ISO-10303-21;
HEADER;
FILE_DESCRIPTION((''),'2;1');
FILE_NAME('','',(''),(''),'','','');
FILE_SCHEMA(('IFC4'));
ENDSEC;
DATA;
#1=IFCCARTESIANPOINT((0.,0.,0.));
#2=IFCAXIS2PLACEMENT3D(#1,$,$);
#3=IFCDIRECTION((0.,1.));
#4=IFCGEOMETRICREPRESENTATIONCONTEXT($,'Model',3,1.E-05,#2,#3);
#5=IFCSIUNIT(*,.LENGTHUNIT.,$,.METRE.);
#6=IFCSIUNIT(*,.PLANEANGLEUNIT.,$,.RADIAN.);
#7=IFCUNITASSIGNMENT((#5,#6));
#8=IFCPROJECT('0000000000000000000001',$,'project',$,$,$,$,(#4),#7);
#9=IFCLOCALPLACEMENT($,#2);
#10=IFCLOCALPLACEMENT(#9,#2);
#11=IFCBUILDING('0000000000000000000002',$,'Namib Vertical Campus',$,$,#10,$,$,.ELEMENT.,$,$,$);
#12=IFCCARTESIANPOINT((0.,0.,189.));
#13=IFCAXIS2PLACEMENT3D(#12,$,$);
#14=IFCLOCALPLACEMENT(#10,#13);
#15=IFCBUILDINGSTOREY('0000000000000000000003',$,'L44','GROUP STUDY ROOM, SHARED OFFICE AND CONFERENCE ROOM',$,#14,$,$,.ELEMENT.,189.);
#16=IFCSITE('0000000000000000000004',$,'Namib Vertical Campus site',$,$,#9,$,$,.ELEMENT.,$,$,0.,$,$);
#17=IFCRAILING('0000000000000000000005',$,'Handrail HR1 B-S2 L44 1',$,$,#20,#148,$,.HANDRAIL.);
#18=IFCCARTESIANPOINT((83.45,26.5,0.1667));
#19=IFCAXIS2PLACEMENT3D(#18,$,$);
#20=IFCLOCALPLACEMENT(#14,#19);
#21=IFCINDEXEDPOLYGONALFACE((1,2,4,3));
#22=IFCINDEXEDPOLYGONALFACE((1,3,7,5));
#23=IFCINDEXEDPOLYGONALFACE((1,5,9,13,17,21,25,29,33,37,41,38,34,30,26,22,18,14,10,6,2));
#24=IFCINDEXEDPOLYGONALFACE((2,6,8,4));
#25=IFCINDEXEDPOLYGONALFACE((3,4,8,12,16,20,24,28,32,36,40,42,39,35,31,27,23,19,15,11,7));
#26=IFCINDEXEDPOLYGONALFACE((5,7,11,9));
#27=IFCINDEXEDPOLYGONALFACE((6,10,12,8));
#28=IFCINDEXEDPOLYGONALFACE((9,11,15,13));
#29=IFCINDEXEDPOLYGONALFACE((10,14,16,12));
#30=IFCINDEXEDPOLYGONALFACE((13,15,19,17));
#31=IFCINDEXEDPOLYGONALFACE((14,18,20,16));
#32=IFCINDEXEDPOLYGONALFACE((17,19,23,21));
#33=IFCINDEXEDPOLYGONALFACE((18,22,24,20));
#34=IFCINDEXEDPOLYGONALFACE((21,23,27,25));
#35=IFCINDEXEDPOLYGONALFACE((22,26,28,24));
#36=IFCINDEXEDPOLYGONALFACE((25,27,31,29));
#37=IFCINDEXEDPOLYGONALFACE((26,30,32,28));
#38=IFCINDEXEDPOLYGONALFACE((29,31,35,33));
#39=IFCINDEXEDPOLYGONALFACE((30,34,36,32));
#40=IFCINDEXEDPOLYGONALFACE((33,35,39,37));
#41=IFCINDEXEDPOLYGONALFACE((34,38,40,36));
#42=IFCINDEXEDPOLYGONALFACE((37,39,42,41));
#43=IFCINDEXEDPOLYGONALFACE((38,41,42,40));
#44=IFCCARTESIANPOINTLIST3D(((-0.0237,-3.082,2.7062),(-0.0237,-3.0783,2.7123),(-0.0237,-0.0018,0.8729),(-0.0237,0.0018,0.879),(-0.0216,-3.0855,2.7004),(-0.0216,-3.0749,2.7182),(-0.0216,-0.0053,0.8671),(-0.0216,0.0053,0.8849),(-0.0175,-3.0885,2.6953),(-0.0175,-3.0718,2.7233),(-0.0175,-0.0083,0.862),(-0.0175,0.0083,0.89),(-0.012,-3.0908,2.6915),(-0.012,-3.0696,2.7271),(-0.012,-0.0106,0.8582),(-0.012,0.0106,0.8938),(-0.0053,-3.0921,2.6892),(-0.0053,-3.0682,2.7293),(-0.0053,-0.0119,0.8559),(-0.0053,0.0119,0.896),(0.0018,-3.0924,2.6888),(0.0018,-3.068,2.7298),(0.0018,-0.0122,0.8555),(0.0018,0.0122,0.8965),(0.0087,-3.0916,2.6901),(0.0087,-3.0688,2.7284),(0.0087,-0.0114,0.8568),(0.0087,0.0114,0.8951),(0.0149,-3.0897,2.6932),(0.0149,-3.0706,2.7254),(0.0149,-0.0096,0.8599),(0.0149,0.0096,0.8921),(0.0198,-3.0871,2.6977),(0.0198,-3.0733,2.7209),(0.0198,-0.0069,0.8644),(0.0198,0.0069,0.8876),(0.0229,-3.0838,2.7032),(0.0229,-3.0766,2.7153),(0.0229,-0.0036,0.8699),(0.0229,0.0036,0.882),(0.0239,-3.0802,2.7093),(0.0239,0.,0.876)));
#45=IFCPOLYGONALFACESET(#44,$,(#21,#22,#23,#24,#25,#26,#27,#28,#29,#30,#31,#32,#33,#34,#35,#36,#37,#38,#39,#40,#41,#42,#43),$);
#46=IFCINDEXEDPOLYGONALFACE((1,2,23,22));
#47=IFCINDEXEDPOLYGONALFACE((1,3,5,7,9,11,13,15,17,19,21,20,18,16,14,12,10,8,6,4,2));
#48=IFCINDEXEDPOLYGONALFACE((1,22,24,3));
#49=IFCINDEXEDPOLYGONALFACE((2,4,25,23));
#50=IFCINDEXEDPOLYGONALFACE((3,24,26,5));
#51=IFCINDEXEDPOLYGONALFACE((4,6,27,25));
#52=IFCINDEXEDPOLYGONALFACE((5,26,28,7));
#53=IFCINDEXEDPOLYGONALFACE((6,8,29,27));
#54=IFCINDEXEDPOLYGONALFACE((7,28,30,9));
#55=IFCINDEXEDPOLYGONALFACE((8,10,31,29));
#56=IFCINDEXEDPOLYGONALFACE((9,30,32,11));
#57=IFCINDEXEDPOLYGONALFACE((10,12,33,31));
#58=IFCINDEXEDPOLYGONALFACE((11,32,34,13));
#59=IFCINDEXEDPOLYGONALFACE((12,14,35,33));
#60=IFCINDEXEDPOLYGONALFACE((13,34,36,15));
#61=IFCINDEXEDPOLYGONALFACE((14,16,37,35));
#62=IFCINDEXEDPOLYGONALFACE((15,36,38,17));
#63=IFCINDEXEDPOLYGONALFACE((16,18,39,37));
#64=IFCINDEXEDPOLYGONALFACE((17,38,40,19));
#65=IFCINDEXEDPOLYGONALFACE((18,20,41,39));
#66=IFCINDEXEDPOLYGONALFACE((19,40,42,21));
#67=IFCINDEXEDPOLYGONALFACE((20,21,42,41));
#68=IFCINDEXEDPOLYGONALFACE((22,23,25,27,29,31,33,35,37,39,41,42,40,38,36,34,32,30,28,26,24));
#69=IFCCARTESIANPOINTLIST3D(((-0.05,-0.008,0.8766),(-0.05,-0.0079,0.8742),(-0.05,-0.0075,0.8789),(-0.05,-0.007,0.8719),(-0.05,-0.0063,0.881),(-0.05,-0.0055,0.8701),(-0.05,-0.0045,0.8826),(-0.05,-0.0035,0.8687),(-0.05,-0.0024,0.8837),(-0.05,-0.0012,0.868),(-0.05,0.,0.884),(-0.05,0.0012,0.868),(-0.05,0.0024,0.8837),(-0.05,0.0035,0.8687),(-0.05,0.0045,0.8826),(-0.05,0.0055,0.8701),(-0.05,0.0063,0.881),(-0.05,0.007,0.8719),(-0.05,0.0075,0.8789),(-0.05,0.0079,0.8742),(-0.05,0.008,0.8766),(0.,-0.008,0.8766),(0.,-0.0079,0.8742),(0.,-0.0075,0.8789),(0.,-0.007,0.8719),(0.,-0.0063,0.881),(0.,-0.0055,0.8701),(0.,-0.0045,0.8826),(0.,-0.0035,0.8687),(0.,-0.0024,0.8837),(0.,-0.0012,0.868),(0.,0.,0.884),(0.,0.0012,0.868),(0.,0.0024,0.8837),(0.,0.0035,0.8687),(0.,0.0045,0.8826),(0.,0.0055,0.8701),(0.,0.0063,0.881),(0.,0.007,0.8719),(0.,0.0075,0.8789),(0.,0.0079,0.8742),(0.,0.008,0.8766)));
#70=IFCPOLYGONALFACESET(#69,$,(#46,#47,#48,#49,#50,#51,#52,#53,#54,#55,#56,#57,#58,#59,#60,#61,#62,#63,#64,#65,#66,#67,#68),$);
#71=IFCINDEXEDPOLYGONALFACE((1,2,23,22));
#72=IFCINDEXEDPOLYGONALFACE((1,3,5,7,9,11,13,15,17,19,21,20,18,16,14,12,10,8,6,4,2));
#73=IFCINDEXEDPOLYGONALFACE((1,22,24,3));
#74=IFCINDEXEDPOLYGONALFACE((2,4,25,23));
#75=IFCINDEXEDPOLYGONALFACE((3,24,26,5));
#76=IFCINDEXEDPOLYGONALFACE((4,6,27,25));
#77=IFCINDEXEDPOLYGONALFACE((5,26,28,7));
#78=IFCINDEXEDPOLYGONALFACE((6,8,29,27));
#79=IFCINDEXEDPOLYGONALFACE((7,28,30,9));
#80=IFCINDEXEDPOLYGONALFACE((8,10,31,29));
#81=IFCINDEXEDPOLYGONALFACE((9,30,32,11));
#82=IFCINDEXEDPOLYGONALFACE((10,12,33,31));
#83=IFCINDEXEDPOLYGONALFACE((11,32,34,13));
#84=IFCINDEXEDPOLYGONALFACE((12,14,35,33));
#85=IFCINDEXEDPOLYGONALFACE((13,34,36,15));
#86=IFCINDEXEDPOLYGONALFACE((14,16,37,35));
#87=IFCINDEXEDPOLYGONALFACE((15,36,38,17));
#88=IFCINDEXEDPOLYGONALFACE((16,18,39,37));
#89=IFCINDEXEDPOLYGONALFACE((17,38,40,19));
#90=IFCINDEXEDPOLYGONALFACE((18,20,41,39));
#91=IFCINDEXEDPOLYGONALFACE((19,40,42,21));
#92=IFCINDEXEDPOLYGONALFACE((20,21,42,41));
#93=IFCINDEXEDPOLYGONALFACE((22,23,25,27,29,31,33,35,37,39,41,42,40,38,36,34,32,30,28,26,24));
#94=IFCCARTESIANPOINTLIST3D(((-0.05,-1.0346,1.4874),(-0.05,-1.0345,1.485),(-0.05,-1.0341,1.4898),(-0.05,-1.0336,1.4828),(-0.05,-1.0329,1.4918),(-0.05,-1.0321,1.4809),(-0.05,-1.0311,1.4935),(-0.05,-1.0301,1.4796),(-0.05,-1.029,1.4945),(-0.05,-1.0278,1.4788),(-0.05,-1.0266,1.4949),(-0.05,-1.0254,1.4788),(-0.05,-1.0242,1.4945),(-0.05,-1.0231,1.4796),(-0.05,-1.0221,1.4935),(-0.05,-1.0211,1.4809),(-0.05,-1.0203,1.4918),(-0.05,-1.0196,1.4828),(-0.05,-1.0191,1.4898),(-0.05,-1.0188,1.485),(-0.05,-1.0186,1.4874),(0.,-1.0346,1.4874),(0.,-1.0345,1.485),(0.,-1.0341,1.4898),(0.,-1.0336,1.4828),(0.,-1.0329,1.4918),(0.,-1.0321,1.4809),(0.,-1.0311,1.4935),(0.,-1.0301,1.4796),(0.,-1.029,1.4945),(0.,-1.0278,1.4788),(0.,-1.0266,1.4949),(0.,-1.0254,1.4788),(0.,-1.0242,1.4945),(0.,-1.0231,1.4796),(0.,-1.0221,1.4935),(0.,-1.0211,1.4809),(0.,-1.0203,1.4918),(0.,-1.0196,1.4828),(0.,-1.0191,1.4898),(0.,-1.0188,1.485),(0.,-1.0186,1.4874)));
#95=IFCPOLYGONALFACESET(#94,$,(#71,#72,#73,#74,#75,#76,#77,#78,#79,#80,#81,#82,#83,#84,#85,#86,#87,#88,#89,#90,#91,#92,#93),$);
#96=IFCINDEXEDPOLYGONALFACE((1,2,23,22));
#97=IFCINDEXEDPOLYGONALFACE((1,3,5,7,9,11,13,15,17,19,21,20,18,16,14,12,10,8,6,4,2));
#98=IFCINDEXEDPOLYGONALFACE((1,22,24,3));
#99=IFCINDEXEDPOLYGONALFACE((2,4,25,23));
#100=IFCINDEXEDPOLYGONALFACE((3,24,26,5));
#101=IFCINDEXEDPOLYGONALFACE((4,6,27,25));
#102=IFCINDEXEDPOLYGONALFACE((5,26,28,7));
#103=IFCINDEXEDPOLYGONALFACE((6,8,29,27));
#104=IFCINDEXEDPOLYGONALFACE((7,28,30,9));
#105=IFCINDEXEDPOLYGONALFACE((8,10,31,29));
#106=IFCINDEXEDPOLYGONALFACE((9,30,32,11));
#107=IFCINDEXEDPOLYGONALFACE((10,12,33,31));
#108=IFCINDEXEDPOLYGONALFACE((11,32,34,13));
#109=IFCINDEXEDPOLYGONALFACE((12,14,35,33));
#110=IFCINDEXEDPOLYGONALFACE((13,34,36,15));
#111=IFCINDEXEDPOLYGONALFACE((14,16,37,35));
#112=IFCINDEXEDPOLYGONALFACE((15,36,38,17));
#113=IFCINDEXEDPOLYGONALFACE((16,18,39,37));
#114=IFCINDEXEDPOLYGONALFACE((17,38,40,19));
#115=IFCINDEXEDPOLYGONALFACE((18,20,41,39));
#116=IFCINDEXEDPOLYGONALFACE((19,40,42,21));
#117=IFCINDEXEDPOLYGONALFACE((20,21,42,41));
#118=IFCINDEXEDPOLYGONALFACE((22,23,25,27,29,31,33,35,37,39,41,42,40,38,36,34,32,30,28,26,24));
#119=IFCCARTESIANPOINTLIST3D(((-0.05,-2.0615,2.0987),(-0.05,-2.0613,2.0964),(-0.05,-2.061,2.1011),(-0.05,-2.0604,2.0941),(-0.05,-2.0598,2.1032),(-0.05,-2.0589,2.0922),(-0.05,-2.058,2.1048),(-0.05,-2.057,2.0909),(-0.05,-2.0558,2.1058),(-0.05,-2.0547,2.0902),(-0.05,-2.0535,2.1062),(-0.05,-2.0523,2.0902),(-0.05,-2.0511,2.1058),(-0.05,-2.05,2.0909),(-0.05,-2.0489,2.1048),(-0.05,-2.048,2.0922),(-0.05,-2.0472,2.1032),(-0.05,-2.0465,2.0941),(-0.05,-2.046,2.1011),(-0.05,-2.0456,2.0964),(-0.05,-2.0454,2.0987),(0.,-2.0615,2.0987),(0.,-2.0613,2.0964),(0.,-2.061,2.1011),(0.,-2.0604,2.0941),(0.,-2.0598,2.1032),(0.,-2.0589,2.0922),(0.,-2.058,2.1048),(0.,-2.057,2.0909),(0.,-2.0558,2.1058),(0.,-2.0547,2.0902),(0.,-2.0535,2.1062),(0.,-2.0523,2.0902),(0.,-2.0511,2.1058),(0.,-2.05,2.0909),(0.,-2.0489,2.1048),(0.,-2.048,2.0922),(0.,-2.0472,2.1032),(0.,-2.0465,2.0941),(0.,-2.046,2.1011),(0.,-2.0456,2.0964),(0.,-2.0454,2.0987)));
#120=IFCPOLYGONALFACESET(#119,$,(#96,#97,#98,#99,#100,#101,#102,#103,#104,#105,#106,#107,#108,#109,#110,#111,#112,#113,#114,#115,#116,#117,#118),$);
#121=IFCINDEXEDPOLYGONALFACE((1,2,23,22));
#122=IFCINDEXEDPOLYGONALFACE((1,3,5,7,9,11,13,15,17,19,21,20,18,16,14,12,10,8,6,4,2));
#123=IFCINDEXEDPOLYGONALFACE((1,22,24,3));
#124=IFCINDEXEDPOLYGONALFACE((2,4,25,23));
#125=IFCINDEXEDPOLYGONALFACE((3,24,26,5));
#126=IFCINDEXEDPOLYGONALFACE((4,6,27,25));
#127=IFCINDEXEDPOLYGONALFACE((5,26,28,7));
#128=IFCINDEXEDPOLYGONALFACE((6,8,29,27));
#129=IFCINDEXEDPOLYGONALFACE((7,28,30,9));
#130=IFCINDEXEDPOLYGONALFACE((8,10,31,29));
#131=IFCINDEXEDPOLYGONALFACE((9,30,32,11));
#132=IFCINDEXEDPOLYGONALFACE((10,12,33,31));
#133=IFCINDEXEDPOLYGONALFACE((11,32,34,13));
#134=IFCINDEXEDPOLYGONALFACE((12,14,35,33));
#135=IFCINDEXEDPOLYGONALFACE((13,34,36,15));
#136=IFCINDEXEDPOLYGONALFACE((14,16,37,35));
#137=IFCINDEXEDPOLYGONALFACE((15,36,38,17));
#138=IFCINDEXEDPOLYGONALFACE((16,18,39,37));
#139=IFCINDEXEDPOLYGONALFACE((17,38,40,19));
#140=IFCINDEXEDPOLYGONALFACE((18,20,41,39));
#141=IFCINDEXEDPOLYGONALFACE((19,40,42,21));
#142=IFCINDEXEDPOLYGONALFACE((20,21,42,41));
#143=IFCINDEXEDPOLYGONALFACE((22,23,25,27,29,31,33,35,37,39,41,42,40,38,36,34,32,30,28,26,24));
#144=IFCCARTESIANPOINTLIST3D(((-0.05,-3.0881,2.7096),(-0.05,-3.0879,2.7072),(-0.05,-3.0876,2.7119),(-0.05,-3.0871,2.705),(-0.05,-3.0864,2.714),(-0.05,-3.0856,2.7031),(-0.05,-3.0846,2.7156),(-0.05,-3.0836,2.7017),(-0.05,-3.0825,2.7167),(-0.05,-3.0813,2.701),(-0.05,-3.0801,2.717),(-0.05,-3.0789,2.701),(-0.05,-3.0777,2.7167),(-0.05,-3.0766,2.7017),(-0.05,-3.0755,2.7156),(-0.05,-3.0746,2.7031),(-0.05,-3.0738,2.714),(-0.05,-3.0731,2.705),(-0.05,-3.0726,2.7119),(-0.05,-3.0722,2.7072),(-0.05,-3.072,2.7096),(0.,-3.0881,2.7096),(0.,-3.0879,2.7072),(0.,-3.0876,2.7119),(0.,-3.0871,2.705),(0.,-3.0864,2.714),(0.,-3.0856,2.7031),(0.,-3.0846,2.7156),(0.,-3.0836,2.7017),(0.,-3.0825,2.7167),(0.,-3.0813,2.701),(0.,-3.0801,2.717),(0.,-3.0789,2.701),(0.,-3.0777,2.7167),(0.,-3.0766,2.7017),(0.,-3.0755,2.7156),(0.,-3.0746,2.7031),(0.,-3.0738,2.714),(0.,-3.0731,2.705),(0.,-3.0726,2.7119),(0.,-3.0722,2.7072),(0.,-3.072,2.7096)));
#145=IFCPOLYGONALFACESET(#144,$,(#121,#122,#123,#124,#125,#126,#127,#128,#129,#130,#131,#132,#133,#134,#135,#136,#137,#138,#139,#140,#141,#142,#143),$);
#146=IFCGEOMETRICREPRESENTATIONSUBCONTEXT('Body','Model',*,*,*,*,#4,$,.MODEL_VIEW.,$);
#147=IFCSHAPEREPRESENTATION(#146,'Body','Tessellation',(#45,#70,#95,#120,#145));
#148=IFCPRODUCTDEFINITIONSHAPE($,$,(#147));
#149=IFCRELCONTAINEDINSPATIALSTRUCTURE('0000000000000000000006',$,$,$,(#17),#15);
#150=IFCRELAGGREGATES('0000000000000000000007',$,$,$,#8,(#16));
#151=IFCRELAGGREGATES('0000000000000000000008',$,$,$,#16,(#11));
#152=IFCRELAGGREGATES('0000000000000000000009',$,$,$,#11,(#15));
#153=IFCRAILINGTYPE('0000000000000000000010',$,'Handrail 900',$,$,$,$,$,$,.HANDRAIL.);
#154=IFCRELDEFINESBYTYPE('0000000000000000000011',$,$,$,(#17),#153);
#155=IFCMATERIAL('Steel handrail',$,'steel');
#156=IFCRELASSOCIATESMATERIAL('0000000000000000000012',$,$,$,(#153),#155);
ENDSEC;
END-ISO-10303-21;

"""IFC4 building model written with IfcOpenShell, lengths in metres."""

from ifc_helpers import new_model, si_unit, direction, frame, origin, origin_2d, place, context, subcontext, project, spatial, circle, extrude, material, type_object, element, save


model = new_model("IFC4")

# Units and contexts
model_context = context("Model", 3, precision=1e-05, world=origin(), true_north=direction((0.0, 1.0)))
body_context = subcontext(model_context, "Body", "Model", "MODEL_VIEW")
ifc_project = project(units=[si_unit("LENGTHUNIT", "METRE"), si_unit("PLANEANGLEUNIT", "RADIAN")], contexts=[model_context])

# Site, building, storey
site_placement = place(None, origin())
site = spatial("IfcSite", under=ifc_project, at=site_placement, Name="Namib Vertical Campus site", CompositionType="ELEMENT", RefElevation=0.0)
building_placement = place(site_placement, origin())
building = spatial("IfcBuilding", under=site, at=building_placement, Name="Namib Vertical Campus", CompositionType="ELEMENT")
storey_placement = place(building_placement, frame((0.0, 0.0, 189.0)))
storey = spatial("IfcBuildingStorey", under=building, at=storey_placement, Name="L44", Description="GROUP STUDY ROOM, SHARED OFFICE AND CONFERENCE ROOM", CompositionType="ELEMENT", Elevation=189.0)

# Railing
ifc_material_1 = material(Name="Steel handrail", Category="steel")
railing_type_1 = type_object("IfcRailingType", Name="Handrail 900", PredefinedType="HANDRAIL", material=ifc_material_1)
railing_1_placement = place(storey_placement, frame((83.45, 26.5, 0.1667)))
element("IfcRailing", 1, at=railing_1_placement, inside=storey, type_object=railing_type_1, Name="Handrail HR1 B-S2 L44 1", PredefinedType="HANDRAIL", context=body_context, shape_type="SweptSolid", body=[
    extrude(circle(Radius=0.0239, at=origin_2d()), frame((0.0, 0.0, 0.876), z_axis=(0.0, -0.859309, 0.511458), x_axis=(1.0, 0.0, 0.0)), (0.0, 0.0, 1.0), 3.5845),
    extrude(circle(Radius=0.0081, at=origin_2d()), frame((0.0, 0.0, 0.876), z_axis=(-1.0, 0.0, 0.0), x_axis=(0.0, 0.0, 1.0)), (0.0, 0.0, 1.0), 0.05),
    extrude(circle(Radius=0.0081, at=origin_2d()), frame((0.0, -1.0266, 1.4868), z_axis=(-1.0, 0.0, 0.0), x_axis=(0.0, 0.0, 1.0)), (0.0, 0.0, 1.0), 0.05),
    extrude(circle(Radius=0.0081, at=origin_2d()), frame((0.0, -2.0535, 2.0981), z_axis=(-1.0, 0.0, 0.0), x_axis=(0.0, 0.0, 1.0)), (0.0, 0.0, 1.0), 0.05),
    extrude(circle(Radius=0.0081, at=origin_2d()), frame((0.0, -3.0801, 2.709), z_axis=(-1.0, 0.0, 0.0), x_axis=(0.0, 0.0, 1.0)), (0.0, 0.0, 1.0), 0.05),
])

save(model, "model.ifc")
